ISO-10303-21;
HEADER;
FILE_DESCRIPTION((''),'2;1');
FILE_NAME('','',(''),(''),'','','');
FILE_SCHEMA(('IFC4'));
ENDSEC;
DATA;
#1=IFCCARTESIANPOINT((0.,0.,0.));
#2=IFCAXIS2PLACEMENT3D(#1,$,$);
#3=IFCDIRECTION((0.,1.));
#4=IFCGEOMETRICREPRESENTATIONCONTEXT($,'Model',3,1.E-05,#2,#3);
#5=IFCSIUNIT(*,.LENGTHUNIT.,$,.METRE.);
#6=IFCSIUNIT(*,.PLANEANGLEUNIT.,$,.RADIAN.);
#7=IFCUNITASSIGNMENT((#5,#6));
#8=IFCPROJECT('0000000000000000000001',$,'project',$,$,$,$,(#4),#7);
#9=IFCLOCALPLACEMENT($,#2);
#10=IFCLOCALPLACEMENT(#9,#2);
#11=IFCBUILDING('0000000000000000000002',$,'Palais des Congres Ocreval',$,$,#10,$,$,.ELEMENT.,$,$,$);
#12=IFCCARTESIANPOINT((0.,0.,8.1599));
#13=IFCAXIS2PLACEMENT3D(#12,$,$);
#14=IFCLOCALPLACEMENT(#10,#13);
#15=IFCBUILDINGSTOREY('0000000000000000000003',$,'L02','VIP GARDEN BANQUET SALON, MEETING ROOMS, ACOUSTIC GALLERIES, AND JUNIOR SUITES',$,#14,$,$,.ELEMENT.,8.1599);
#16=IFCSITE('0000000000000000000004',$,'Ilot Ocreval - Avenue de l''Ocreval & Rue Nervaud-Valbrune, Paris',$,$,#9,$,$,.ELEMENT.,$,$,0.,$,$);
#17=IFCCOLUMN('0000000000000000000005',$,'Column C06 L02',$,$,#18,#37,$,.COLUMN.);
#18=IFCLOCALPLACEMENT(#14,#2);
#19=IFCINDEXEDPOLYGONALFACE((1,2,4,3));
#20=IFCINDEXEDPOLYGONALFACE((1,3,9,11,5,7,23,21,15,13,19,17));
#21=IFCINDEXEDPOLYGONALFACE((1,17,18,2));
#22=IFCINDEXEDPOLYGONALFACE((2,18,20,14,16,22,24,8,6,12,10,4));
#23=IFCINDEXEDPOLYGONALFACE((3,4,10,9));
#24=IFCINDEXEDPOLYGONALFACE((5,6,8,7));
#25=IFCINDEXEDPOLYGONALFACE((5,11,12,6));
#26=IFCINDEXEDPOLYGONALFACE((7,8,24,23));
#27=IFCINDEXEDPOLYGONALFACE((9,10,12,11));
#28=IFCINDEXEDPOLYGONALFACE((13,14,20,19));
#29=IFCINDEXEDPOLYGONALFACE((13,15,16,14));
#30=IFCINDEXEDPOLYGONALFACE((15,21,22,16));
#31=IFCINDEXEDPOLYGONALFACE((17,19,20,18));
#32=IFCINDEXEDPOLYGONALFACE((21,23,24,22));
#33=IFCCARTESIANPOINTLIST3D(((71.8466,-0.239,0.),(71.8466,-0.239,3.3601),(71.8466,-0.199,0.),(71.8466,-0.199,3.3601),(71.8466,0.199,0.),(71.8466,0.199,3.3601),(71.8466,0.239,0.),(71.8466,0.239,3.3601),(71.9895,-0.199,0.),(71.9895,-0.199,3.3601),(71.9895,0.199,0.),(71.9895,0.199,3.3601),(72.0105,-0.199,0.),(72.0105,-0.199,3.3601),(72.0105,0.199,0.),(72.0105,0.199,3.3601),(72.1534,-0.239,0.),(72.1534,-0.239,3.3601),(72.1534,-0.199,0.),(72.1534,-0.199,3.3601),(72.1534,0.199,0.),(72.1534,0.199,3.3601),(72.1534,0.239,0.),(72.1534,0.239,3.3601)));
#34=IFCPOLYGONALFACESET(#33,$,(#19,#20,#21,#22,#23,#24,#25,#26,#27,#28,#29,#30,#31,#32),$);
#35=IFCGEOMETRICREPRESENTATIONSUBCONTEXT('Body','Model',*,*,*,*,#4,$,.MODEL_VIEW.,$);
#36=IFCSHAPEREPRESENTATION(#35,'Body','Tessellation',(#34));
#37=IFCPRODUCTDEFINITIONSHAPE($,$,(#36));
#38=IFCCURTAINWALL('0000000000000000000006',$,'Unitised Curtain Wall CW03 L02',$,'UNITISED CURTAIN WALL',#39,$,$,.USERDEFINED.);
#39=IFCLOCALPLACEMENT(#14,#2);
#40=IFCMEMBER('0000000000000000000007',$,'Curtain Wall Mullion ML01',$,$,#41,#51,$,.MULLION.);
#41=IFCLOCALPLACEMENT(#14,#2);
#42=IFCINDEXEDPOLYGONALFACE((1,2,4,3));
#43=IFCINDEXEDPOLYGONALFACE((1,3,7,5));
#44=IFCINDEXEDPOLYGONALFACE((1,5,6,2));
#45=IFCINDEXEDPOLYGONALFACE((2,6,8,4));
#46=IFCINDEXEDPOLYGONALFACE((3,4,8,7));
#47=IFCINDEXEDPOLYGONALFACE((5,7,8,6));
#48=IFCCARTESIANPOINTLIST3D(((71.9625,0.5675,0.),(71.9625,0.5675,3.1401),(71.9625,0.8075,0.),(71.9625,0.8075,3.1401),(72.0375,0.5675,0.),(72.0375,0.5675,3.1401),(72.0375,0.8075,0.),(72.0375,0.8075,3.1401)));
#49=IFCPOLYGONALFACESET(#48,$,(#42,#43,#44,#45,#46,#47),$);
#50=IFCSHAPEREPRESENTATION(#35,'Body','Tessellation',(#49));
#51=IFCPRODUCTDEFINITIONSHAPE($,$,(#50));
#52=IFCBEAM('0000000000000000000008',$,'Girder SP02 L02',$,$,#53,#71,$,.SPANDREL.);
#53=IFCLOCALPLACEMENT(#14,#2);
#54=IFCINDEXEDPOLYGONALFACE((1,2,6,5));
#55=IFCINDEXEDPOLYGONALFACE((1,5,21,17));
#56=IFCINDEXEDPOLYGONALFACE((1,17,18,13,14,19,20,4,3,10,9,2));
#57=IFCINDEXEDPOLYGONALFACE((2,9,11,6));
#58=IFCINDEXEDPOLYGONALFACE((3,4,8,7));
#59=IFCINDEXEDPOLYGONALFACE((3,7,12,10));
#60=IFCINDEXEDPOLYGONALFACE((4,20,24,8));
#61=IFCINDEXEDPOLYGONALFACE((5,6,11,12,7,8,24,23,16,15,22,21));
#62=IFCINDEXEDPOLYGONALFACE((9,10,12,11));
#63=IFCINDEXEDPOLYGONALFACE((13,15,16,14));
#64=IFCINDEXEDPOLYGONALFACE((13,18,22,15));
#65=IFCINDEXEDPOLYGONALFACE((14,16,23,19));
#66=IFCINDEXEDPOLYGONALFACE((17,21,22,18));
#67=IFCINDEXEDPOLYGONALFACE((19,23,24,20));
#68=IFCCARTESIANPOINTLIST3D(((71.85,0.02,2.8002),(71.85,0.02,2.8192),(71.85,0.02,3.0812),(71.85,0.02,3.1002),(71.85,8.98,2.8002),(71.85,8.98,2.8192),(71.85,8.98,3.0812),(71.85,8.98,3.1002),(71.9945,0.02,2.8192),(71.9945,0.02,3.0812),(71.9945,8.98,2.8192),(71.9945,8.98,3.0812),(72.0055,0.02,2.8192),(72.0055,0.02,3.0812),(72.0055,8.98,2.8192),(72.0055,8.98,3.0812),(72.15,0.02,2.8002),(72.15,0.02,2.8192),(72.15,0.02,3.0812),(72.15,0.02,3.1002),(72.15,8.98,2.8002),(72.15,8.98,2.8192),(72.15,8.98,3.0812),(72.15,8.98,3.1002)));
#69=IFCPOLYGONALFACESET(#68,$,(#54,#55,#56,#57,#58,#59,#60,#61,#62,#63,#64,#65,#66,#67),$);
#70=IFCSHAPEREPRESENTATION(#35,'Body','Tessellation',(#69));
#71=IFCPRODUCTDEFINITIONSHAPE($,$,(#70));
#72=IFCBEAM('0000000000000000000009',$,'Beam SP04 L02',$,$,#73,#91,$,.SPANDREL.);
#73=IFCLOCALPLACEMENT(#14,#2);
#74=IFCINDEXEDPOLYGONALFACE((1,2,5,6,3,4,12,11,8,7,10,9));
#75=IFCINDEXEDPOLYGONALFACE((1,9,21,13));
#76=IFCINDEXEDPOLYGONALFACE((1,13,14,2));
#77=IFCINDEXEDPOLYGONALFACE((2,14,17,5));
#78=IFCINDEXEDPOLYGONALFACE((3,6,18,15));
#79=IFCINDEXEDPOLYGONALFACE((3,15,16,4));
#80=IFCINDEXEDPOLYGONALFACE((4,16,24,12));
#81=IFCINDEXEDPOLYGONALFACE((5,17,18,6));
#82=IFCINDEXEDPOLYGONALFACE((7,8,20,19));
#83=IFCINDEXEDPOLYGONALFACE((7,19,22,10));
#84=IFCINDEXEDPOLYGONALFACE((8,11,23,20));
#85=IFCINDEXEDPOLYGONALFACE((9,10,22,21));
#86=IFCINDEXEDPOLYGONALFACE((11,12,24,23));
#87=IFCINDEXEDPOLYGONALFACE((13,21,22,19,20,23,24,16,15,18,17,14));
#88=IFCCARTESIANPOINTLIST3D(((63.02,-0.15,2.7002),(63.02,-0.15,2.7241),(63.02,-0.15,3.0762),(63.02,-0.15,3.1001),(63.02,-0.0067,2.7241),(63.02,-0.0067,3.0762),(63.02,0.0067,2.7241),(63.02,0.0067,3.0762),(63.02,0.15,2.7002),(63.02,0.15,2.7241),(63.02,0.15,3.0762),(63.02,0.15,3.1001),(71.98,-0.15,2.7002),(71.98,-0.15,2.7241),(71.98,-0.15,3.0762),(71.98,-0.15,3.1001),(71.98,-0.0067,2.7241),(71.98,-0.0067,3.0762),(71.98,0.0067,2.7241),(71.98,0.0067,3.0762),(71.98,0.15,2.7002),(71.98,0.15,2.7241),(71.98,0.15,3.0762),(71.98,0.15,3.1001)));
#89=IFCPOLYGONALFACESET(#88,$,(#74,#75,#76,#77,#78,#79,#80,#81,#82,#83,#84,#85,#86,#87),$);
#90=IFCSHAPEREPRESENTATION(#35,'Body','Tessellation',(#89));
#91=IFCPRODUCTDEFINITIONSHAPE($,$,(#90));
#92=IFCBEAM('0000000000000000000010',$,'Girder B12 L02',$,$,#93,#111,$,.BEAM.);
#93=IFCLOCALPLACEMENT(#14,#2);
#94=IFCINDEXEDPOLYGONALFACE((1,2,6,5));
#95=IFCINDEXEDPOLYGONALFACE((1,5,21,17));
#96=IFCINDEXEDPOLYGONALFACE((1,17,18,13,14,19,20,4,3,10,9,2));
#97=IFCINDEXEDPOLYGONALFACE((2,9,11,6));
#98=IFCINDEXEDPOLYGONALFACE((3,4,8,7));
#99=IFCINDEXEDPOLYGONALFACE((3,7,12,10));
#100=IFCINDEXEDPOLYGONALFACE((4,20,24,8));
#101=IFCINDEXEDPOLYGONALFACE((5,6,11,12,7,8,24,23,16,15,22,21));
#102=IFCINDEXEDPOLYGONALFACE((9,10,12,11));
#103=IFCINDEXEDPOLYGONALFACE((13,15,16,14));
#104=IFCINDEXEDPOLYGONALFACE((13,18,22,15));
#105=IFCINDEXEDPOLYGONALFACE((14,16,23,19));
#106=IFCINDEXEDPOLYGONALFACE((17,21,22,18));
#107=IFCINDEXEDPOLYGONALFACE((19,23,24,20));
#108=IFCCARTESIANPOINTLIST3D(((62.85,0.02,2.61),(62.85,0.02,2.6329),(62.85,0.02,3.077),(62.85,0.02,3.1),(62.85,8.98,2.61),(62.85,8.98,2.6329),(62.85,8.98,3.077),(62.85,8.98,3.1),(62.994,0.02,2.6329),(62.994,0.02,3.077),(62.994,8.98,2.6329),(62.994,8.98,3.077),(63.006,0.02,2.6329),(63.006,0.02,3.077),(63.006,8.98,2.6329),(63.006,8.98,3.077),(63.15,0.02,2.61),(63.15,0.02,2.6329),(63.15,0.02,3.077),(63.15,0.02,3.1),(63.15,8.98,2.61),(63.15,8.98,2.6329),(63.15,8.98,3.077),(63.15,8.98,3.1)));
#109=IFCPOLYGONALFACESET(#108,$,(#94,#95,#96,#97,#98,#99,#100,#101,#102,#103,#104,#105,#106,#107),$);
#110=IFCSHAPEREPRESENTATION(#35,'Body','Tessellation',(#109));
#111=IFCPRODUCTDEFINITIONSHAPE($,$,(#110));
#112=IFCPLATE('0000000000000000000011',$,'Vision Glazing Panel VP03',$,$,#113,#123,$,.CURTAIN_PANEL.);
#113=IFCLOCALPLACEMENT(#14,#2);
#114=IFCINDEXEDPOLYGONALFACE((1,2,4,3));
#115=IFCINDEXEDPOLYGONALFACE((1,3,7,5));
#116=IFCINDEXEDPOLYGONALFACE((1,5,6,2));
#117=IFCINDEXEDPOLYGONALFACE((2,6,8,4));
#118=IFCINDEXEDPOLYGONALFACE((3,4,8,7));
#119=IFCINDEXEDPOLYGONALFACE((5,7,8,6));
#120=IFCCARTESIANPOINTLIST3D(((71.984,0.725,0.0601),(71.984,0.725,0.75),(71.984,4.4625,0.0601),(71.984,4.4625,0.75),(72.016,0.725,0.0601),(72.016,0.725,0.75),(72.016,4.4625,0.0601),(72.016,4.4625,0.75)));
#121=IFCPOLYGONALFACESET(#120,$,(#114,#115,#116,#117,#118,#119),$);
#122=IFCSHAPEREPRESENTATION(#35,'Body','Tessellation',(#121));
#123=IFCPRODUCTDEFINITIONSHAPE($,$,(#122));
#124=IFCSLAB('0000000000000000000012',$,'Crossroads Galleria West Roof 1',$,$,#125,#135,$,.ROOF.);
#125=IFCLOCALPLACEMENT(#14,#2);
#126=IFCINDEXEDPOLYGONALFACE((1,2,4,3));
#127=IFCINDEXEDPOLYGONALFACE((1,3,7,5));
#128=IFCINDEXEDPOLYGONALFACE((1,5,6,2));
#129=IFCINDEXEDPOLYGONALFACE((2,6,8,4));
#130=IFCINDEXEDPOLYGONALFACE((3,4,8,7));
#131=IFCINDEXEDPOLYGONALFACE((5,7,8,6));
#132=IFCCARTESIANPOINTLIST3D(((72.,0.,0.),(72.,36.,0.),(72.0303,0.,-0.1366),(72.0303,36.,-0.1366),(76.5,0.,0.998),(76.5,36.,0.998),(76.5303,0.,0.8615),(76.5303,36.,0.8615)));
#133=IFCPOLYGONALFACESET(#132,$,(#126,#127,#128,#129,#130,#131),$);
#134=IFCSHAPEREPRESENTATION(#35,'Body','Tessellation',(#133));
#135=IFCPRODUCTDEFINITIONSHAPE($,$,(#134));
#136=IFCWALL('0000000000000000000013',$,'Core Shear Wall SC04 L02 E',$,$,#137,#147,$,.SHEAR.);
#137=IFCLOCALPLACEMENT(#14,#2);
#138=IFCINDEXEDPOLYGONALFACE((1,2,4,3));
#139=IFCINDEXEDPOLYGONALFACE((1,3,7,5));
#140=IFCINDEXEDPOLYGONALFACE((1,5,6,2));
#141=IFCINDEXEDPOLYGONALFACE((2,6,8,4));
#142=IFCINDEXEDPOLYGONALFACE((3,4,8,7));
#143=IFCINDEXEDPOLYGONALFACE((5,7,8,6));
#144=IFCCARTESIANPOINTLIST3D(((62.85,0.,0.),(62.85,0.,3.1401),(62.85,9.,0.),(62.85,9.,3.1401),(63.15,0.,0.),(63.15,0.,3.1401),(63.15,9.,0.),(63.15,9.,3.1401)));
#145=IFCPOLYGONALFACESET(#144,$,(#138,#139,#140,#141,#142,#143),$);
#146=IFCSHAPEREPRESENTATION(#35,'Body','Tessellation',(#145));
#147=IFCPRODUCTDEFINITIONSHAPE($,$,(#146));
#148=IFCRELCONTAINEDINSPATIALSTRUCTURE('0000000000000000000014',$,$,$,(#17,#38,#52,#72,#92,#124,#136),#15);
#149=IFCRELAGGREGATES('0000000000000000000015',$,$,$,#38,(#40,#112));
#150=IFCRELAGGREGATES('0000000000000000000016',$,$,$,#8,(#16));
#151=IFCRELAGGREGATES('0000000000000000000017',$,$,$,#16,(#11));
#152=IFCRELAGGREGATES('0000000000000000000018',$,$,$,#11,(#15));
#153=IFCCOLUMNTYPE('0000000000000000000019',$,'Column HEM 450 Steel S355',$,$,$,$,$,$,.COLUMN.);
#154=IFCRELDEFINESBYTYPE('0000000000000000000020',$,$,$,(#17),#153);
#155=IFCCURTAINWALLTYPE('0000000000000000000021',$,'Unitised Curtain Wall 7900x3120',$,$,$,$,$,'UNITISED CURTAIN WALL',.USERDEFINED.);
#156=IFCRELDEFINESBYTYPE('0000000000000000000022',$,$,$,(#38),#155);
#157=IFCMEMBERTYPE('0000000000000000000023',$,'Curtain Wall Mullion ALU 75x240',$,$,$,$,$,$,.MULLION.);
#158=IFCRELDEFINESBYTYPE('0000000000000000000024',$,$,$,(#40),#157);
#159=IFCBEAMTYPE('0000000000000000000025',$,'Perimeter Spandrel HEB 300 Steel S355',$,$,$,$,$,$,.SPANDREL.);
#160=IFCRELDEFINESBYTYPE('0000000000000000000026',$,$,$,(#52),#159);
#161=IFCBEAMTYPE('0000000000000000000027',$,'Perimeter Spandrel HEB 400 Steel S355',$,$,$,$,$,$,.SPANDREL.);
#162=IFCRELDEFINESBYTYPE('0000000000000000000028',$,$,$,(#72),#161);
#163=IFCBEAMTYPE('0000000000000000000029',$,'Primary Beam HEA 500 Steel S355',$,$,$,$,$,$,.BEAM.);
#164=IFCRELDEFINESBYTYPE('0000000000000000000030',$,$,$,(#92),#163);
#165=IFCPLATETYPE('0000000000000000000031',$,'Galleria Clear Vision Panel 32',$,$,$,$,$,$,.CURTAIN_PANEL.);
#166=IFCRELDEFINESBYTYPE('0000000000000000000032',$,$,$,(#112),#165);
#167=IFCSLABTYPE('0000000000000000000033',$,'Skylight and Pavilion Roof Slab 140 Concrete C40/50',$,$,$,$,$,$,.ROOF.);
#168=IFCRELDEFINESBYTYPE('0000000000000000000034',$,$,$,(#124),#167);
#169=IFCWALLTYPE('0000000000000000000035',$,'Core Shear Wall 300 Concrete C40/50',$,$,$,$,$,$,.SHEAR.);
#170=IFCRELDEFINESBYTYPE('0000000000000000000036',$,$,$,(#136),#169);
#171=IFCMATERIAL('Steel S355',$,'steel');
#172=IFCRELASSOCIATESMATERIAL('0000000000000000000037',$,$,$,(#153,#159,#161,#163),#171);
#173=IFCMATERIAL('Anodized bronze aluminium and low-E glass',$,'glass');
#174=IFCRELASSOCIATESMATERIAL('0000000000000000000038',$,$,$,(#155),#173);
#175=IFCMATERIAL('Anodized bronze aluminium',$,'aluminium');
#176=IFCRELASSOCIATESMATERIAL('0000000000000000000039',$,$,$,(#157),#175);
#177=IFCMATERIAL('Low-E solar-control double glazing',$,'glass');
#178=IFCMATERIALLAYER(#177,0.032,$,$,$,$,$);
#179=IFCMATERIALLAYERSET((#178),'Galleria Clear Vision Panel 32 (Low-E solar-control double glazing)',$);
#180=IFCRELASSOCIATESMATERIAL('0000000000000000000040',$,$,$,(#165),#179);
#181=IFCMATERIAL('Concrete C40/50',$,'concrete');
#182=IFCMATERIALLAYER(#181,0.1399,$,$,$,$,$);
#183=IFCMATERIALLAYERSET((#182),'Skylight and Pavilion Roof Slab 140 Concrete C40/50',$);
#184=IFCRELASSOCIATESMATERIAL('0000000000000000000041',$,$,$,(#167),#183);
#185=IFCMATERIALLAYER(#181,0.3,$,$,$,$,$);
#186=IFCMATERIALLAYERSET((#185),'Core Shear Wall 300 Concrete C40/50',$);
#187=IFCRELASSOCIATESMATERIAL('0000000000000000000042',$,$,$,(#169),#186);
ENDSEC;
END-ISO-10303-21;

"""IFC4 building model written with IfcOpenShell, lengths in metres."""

from ifc_helpers import new_model, si_unit, direction, frame, frame_2d, origin, origin_2d, place, context, subcontext, project, spatial, polyline, rectangle, i_section, outline, extrude, material, layer, layer_set, material_profile, profile_set, type_object, element, aggregate, save


model = new_model("IFC4")

# Units and contexts
model_context = context("Model", 3, precision=1e-05, world=origin(), true_north=direction((0.0, 1.0)))
body_context = subcontext(model_context, "Body", "Model", "MODEL_VIEW")
ifc_project = project(units=[si_unit("LENGTHUNIT", "METRE"), si_unit("PLANEANGLEUNIT", "RADIAN")], contexts=[model_context])

# Site, building, storey
site_placement = place(None, origin())
site = spatial("IfcSite", under=ifc_project, at=site_placement, Name="Ilot Ocreval - Avenue de l'Ocreval & Rue Nervaud-Valbrune, Paris", CompositionType="ELEMENT", RefElevation=0.0)
building_placement = place(site_placement, origin())
building = spatial("IfcBuilding", under=site, at=building_placement, Name="Palais des Congres Ocreval", CompositionType="ELEMENT")
storey_placement = place(building_placement, frame((0.0, 0.0, 8.1599)))
storey = spatial("IfcBuildingStorey", under=building, at=storey_placement, Name="L02", Description="VIP GARDEN BANQUET SALON, MEETING ROOMS, ACOUSTIC GALLERIES, AND JUNIOR SUITES", CompositionType="ELEMENT", Elevation=8.1599)

# Column
ifc_material_1 = material(Name="Steel S355", Category="steel")
ifc_material_profile_1 = material_profile(ifc_material_1, i_section(OverallWidth=0.3069, OverallDepth=0.478, WebThickness=0.021, FlangeThickness=0.04, at=origin_2d()), Name="HEM 450")
ifc_profile_set_1 = profile_set([ifc_material_profile_1], Name="Steel S355")
column_type = type_object("IfcColumnType", Name="Column HEM 450 Steel S355", PredefinedType="COLUMN", material=ifc_profile_set_1)
column_placement = place(storey_placement, frame((72.0, 0.0, 0.0), z_axis=(0.0, 0.0, 1.0), x_axis=(1.0, 0.0, 0.0)))
element("IfcColumn", 1, at=column_placement, inside=storey, type_object=column_type, Name="Column C06 L02", PredefinedType="COLUMN", context=body_context, shape_type="SweptSolid", body=[
    extrude(i_section(OverallWidth=0.3069, OverallDepth=0.478, WebThickness=0.021, FlangeThickness=0.04, at=origin_2d()), origin(), (0.0, 0.0, 1.0), 3.3601),
])

# Curtain wall, member
ifc_material_2 = material(Name="Anodized bronze aluminium and low-E glass", Category="glass")
curtain_wall_type = type_object("IfcCurtainWallType", Name="Unitised Curtain Wall 7900x3120", ElementType="UNITISED CURTAIN WALL", PredefinedType="USERDEFINED", material=ifc_material_2)
curtain_wall_placement = place(storey_placement, origin())
curtain_wall = element("IfcCurtainWall", 2, at=curtain_wall_placement, inside=storey, type_object=curtain_wall_type, Name="Unitised Curtain Wall CW03 L02", ObjectType="UNITISED CURTAIN WALL", PredefinedType="USERDEFINED")
ifc_material_3 = material(Name="Anodized bronze aluminium", Category="aluminium")
ifc_material_profile_2 = material_profile(ifc_material_3, rectangle(XDim=0.075, YDim=0.24, at=origin_2d()), Name="ALU 75x240")
ifc_profile_set_2 = profile_set([ifc_material_profile_2], Name="Anodized bronze aluminium")
member_type = type_object("IfcMemberType", Name="Curtain Wall Mullion ALU 75x240", PredefinedType="MULLION", material=ifc_profile_set_2)
member_placement = place(storey_placement, frame((72.0, 0.6875, 0.0), z_axis=(0.0, 0.0, 1.0), x_axis=(1.0, 0.0, 0.0)))
member = element("IfcMember", 3, at=member_placement, type_object=member_type, Name="Curtain Wall Mullion ML01", PredefinedType="MULLION", context=body_context, shape_type="SweptSolid", body=[
    extrude(rectangle(XDim=0.075, YDim=0.24, at=origin_2d()), origin(), (0.0, 0.0, 1.0), 3.1401),
])

# Beams
ifc_material_profile_3 = material_profile(ifc_material_1, i_section(OverallWidth=0.3, OverallDepth=0.3, WebThickness=0.011, FlangeThickness=0.019, at=origin_2d()), Name="HEB 300")
ifc_profile_set_3 = profile_set([ifc_material_profile_3], Name="Steel S355")
beam_type_1 = type_object("IfcBeamType", Name="Perimeter Spandrel HEB 300 Steel S355", PredefinedType="SPANDREL", material=ifc_profile_set_3)
beam_1_placement = place(storey_placement, frame((72.0, 0.02, 2.9502), z_axis=(0.0, 1.0, 0.0), x_axis=(-1.0, 0.0, 0.0)))
element("IfcBeam", 4, at=beam_1_placement, inside=storey, type_object=beam_type_1, Name="Girder SP02 L02", PredefinedType="SPANDREL", context=body_context, shape_type="SweptSolid", body=[
    extrude(i_section(OverallWidth=0.3, OverallDepth=0.3, WebThickness=0.011, FlangeThickness=0.019, at=origin_2d()), origin(), (0.0, 0.0, 1.0), 8.96),
])
ifc_material_profile_4 = material_profile(ifc_material_1, i_section(OverallWidth=0.3, OverallDepth=0.3999, WebThickness=0.0134, FlangeThickness=0.0239, at=origin_2d()), Name="HEB 400")
ifc_profile_set_4 = profile_set([ifc_material_profile_4], Name="Steel S355")
beam_type_2 = type_object("IfcBeamType", Name="Perimeter Spandrel HEB 400 Steel S355", PredefinedType="SPANDREL", material=ifc_profile_set_4)
beam_2_placement = place(storey_placement, frame((63.02, 0.0, 2.9001), z_axis=(1.0, 0.0, 0.0), x_axis=(0.0, 1.0, 0.0)))
element("IfcBeam", 5, at=beam_2_placement, inside=storey, type_object=beam_type_2, Name="Beam SP04 L02", PredefinedType="SPANDREL", context=body_context, shape_type="SweptSolid", body=[
    extrude(i_section(OverallWidth=0.3, OverallDepth=0.3999, WebThickness=0.0134, FlangeThickness=0.0239, at=origin_2d()), origin(), (0.0, 0.0, 1.0), 8.96),
])
ifc_material_profile_5 = material_profile(ifc_material_1, i_section(OverallWidth=0.3, OverallDepth=0.49, WebThickness=0.012, FlangeThickness=0.0229, at=origin_2d()), Name="HEA 500")
ifc_profile_set_5 = profile_set([ifc_material_profile_5], Name="Steel S355")
beam_type_3 = type_object("IfcBeamType", Name="Primary Beam HEA 500 Steel S355", PredefinedType="BEAM", material=ifc_profile_set_5)
beam_3_placement = place(storey_placement, frame((63.0, 0.02, 2.855), z_axis=(0.0, 1.0, 0.0), x_axis=(-1.0, 0.0, 0.0)))
element("IfcBeam", 6, at=beam_3_placement, inside=storey, type_object=beam_type_3, Name="Girder B12 L02", PredefinedType="BEAM", context=body_context, shape_type="SweptSolid", body=[
    extrude(i_section(OverallWidth=0.3, OverallDepth=0.49, WebThickness=0.012, FlangeThickness=0.0229, at=origin_2d()), origin(), (0.0, 0.0, 1.0), 8.96),
])

# Plate
ifc_material_4 = material(Name="Low-E solar-control double glazing", Category="glass")
ifc_layer_1 = layer(ifc_material_4, 0.032)
ifc_layer_set_1 = layer_set([ifc_layer_1], Name="Galleria Clear Vision Panel 32 (Low-E solar-control double glazing)")
plate_type = type_object("IfcPlateType", Name="Galleria Clear Vision Panel 32", PredefinedType="CURTAIN_PANEL", material=ifc_layer_set_1)
plate_placement = place(storey_placement, frame((72.0, 2.5938, 0.0601), z_axis=(0.0, 0.0, 1.0), x_axis=(0.0, -1.0, 0.0)))
plate = element("IfcPlate", 7, at=plate_placement, type_object=plate_type, Name="Vision Glazing Panel VP03", PredefinedType="CURTAIN_PANEL", context=body_context, shape_type="SweptSolid", body=[
    extrude(rectangle(XDim=3.7375, YDim=0.032, at=origin_2d()), origin(), (0.0, 0.0, 1.0), 0.6899),
])
aggregate(curtain_wall, [member, plate])

# Slab
ifc_material_5 = material(Name="Concrete C40/50", Category="concrete")
ifc_layer_2 = layer(ifc_material_5, 0.1399)
ifc_layer_set_2 = layer_set([ifc_layer_2], Name="Skylight and Pavilion Roof Slab 140 Concrete C40/50")
slab_type = type_object("IfcSlabType", Name="Skylight and Pavilion Roof Slab 140 Concrete C40/50", PredefinedType="ROOF", material=ifc_layer_set_2)
slab_placement = place(storey_placement, frame((72.0, 0.0, 0.0), z_axis=(-0.216527, 0.0, 0.976277), x_axis=(0.976277, 0.0, 0.216527)))
element("IfcSlab", 8, at=slab_placement, inside=storey, type_object=slab_type, Name="Crossroads Galleria West Roof 1", PredefinedType="ROOF", context=body_context, shape_type="SweptSolid", body=[
    extrude(outline(polyline([(0.0, 0.0), (4.6093, 0.0), (4.6093, 36.0), (0.0, 36.0), (0.0, 0.0)])), origin(), (0.0, 0.0, -1.0), 0.1399),
])

# Wall
ifc_layer_3 = layer(ifc_material_5, 0.3)
ifc_layer_set_3 = layer_set([ifc_layer_3], Name="Core Shear Wall 300 Concrete C40/50")
wall_type_1 = type_object("IfcWallType", Name="Core Shear Wall 300 Concrete C40/50", PredefinedType="SHEAR", material=ifc_layer_set_3)
wall_1_placement = place(storey_placement, frame((63.0, 0.0, 0.0), z_axis=(0.0, 0.0, 1.0), x_axis=(0.0, 1.0, 0.0)))
element("IfcWall", 9, at=wall_1_placement, inside=storey, type_object=wall_type_1, Name="Core Shear Wall SC04 L02 E", PredefinedType="SHEAR", context=body_context, shape_type="SweptSolid", body=[
    extrude(rectangle(XDim=9.0, YDim=0.3, at=frame_2d((4.5, 0.0))), origin(), (0.0, 0.0, 1.0), 3.1401),
])

save(model, "model.ifc")
